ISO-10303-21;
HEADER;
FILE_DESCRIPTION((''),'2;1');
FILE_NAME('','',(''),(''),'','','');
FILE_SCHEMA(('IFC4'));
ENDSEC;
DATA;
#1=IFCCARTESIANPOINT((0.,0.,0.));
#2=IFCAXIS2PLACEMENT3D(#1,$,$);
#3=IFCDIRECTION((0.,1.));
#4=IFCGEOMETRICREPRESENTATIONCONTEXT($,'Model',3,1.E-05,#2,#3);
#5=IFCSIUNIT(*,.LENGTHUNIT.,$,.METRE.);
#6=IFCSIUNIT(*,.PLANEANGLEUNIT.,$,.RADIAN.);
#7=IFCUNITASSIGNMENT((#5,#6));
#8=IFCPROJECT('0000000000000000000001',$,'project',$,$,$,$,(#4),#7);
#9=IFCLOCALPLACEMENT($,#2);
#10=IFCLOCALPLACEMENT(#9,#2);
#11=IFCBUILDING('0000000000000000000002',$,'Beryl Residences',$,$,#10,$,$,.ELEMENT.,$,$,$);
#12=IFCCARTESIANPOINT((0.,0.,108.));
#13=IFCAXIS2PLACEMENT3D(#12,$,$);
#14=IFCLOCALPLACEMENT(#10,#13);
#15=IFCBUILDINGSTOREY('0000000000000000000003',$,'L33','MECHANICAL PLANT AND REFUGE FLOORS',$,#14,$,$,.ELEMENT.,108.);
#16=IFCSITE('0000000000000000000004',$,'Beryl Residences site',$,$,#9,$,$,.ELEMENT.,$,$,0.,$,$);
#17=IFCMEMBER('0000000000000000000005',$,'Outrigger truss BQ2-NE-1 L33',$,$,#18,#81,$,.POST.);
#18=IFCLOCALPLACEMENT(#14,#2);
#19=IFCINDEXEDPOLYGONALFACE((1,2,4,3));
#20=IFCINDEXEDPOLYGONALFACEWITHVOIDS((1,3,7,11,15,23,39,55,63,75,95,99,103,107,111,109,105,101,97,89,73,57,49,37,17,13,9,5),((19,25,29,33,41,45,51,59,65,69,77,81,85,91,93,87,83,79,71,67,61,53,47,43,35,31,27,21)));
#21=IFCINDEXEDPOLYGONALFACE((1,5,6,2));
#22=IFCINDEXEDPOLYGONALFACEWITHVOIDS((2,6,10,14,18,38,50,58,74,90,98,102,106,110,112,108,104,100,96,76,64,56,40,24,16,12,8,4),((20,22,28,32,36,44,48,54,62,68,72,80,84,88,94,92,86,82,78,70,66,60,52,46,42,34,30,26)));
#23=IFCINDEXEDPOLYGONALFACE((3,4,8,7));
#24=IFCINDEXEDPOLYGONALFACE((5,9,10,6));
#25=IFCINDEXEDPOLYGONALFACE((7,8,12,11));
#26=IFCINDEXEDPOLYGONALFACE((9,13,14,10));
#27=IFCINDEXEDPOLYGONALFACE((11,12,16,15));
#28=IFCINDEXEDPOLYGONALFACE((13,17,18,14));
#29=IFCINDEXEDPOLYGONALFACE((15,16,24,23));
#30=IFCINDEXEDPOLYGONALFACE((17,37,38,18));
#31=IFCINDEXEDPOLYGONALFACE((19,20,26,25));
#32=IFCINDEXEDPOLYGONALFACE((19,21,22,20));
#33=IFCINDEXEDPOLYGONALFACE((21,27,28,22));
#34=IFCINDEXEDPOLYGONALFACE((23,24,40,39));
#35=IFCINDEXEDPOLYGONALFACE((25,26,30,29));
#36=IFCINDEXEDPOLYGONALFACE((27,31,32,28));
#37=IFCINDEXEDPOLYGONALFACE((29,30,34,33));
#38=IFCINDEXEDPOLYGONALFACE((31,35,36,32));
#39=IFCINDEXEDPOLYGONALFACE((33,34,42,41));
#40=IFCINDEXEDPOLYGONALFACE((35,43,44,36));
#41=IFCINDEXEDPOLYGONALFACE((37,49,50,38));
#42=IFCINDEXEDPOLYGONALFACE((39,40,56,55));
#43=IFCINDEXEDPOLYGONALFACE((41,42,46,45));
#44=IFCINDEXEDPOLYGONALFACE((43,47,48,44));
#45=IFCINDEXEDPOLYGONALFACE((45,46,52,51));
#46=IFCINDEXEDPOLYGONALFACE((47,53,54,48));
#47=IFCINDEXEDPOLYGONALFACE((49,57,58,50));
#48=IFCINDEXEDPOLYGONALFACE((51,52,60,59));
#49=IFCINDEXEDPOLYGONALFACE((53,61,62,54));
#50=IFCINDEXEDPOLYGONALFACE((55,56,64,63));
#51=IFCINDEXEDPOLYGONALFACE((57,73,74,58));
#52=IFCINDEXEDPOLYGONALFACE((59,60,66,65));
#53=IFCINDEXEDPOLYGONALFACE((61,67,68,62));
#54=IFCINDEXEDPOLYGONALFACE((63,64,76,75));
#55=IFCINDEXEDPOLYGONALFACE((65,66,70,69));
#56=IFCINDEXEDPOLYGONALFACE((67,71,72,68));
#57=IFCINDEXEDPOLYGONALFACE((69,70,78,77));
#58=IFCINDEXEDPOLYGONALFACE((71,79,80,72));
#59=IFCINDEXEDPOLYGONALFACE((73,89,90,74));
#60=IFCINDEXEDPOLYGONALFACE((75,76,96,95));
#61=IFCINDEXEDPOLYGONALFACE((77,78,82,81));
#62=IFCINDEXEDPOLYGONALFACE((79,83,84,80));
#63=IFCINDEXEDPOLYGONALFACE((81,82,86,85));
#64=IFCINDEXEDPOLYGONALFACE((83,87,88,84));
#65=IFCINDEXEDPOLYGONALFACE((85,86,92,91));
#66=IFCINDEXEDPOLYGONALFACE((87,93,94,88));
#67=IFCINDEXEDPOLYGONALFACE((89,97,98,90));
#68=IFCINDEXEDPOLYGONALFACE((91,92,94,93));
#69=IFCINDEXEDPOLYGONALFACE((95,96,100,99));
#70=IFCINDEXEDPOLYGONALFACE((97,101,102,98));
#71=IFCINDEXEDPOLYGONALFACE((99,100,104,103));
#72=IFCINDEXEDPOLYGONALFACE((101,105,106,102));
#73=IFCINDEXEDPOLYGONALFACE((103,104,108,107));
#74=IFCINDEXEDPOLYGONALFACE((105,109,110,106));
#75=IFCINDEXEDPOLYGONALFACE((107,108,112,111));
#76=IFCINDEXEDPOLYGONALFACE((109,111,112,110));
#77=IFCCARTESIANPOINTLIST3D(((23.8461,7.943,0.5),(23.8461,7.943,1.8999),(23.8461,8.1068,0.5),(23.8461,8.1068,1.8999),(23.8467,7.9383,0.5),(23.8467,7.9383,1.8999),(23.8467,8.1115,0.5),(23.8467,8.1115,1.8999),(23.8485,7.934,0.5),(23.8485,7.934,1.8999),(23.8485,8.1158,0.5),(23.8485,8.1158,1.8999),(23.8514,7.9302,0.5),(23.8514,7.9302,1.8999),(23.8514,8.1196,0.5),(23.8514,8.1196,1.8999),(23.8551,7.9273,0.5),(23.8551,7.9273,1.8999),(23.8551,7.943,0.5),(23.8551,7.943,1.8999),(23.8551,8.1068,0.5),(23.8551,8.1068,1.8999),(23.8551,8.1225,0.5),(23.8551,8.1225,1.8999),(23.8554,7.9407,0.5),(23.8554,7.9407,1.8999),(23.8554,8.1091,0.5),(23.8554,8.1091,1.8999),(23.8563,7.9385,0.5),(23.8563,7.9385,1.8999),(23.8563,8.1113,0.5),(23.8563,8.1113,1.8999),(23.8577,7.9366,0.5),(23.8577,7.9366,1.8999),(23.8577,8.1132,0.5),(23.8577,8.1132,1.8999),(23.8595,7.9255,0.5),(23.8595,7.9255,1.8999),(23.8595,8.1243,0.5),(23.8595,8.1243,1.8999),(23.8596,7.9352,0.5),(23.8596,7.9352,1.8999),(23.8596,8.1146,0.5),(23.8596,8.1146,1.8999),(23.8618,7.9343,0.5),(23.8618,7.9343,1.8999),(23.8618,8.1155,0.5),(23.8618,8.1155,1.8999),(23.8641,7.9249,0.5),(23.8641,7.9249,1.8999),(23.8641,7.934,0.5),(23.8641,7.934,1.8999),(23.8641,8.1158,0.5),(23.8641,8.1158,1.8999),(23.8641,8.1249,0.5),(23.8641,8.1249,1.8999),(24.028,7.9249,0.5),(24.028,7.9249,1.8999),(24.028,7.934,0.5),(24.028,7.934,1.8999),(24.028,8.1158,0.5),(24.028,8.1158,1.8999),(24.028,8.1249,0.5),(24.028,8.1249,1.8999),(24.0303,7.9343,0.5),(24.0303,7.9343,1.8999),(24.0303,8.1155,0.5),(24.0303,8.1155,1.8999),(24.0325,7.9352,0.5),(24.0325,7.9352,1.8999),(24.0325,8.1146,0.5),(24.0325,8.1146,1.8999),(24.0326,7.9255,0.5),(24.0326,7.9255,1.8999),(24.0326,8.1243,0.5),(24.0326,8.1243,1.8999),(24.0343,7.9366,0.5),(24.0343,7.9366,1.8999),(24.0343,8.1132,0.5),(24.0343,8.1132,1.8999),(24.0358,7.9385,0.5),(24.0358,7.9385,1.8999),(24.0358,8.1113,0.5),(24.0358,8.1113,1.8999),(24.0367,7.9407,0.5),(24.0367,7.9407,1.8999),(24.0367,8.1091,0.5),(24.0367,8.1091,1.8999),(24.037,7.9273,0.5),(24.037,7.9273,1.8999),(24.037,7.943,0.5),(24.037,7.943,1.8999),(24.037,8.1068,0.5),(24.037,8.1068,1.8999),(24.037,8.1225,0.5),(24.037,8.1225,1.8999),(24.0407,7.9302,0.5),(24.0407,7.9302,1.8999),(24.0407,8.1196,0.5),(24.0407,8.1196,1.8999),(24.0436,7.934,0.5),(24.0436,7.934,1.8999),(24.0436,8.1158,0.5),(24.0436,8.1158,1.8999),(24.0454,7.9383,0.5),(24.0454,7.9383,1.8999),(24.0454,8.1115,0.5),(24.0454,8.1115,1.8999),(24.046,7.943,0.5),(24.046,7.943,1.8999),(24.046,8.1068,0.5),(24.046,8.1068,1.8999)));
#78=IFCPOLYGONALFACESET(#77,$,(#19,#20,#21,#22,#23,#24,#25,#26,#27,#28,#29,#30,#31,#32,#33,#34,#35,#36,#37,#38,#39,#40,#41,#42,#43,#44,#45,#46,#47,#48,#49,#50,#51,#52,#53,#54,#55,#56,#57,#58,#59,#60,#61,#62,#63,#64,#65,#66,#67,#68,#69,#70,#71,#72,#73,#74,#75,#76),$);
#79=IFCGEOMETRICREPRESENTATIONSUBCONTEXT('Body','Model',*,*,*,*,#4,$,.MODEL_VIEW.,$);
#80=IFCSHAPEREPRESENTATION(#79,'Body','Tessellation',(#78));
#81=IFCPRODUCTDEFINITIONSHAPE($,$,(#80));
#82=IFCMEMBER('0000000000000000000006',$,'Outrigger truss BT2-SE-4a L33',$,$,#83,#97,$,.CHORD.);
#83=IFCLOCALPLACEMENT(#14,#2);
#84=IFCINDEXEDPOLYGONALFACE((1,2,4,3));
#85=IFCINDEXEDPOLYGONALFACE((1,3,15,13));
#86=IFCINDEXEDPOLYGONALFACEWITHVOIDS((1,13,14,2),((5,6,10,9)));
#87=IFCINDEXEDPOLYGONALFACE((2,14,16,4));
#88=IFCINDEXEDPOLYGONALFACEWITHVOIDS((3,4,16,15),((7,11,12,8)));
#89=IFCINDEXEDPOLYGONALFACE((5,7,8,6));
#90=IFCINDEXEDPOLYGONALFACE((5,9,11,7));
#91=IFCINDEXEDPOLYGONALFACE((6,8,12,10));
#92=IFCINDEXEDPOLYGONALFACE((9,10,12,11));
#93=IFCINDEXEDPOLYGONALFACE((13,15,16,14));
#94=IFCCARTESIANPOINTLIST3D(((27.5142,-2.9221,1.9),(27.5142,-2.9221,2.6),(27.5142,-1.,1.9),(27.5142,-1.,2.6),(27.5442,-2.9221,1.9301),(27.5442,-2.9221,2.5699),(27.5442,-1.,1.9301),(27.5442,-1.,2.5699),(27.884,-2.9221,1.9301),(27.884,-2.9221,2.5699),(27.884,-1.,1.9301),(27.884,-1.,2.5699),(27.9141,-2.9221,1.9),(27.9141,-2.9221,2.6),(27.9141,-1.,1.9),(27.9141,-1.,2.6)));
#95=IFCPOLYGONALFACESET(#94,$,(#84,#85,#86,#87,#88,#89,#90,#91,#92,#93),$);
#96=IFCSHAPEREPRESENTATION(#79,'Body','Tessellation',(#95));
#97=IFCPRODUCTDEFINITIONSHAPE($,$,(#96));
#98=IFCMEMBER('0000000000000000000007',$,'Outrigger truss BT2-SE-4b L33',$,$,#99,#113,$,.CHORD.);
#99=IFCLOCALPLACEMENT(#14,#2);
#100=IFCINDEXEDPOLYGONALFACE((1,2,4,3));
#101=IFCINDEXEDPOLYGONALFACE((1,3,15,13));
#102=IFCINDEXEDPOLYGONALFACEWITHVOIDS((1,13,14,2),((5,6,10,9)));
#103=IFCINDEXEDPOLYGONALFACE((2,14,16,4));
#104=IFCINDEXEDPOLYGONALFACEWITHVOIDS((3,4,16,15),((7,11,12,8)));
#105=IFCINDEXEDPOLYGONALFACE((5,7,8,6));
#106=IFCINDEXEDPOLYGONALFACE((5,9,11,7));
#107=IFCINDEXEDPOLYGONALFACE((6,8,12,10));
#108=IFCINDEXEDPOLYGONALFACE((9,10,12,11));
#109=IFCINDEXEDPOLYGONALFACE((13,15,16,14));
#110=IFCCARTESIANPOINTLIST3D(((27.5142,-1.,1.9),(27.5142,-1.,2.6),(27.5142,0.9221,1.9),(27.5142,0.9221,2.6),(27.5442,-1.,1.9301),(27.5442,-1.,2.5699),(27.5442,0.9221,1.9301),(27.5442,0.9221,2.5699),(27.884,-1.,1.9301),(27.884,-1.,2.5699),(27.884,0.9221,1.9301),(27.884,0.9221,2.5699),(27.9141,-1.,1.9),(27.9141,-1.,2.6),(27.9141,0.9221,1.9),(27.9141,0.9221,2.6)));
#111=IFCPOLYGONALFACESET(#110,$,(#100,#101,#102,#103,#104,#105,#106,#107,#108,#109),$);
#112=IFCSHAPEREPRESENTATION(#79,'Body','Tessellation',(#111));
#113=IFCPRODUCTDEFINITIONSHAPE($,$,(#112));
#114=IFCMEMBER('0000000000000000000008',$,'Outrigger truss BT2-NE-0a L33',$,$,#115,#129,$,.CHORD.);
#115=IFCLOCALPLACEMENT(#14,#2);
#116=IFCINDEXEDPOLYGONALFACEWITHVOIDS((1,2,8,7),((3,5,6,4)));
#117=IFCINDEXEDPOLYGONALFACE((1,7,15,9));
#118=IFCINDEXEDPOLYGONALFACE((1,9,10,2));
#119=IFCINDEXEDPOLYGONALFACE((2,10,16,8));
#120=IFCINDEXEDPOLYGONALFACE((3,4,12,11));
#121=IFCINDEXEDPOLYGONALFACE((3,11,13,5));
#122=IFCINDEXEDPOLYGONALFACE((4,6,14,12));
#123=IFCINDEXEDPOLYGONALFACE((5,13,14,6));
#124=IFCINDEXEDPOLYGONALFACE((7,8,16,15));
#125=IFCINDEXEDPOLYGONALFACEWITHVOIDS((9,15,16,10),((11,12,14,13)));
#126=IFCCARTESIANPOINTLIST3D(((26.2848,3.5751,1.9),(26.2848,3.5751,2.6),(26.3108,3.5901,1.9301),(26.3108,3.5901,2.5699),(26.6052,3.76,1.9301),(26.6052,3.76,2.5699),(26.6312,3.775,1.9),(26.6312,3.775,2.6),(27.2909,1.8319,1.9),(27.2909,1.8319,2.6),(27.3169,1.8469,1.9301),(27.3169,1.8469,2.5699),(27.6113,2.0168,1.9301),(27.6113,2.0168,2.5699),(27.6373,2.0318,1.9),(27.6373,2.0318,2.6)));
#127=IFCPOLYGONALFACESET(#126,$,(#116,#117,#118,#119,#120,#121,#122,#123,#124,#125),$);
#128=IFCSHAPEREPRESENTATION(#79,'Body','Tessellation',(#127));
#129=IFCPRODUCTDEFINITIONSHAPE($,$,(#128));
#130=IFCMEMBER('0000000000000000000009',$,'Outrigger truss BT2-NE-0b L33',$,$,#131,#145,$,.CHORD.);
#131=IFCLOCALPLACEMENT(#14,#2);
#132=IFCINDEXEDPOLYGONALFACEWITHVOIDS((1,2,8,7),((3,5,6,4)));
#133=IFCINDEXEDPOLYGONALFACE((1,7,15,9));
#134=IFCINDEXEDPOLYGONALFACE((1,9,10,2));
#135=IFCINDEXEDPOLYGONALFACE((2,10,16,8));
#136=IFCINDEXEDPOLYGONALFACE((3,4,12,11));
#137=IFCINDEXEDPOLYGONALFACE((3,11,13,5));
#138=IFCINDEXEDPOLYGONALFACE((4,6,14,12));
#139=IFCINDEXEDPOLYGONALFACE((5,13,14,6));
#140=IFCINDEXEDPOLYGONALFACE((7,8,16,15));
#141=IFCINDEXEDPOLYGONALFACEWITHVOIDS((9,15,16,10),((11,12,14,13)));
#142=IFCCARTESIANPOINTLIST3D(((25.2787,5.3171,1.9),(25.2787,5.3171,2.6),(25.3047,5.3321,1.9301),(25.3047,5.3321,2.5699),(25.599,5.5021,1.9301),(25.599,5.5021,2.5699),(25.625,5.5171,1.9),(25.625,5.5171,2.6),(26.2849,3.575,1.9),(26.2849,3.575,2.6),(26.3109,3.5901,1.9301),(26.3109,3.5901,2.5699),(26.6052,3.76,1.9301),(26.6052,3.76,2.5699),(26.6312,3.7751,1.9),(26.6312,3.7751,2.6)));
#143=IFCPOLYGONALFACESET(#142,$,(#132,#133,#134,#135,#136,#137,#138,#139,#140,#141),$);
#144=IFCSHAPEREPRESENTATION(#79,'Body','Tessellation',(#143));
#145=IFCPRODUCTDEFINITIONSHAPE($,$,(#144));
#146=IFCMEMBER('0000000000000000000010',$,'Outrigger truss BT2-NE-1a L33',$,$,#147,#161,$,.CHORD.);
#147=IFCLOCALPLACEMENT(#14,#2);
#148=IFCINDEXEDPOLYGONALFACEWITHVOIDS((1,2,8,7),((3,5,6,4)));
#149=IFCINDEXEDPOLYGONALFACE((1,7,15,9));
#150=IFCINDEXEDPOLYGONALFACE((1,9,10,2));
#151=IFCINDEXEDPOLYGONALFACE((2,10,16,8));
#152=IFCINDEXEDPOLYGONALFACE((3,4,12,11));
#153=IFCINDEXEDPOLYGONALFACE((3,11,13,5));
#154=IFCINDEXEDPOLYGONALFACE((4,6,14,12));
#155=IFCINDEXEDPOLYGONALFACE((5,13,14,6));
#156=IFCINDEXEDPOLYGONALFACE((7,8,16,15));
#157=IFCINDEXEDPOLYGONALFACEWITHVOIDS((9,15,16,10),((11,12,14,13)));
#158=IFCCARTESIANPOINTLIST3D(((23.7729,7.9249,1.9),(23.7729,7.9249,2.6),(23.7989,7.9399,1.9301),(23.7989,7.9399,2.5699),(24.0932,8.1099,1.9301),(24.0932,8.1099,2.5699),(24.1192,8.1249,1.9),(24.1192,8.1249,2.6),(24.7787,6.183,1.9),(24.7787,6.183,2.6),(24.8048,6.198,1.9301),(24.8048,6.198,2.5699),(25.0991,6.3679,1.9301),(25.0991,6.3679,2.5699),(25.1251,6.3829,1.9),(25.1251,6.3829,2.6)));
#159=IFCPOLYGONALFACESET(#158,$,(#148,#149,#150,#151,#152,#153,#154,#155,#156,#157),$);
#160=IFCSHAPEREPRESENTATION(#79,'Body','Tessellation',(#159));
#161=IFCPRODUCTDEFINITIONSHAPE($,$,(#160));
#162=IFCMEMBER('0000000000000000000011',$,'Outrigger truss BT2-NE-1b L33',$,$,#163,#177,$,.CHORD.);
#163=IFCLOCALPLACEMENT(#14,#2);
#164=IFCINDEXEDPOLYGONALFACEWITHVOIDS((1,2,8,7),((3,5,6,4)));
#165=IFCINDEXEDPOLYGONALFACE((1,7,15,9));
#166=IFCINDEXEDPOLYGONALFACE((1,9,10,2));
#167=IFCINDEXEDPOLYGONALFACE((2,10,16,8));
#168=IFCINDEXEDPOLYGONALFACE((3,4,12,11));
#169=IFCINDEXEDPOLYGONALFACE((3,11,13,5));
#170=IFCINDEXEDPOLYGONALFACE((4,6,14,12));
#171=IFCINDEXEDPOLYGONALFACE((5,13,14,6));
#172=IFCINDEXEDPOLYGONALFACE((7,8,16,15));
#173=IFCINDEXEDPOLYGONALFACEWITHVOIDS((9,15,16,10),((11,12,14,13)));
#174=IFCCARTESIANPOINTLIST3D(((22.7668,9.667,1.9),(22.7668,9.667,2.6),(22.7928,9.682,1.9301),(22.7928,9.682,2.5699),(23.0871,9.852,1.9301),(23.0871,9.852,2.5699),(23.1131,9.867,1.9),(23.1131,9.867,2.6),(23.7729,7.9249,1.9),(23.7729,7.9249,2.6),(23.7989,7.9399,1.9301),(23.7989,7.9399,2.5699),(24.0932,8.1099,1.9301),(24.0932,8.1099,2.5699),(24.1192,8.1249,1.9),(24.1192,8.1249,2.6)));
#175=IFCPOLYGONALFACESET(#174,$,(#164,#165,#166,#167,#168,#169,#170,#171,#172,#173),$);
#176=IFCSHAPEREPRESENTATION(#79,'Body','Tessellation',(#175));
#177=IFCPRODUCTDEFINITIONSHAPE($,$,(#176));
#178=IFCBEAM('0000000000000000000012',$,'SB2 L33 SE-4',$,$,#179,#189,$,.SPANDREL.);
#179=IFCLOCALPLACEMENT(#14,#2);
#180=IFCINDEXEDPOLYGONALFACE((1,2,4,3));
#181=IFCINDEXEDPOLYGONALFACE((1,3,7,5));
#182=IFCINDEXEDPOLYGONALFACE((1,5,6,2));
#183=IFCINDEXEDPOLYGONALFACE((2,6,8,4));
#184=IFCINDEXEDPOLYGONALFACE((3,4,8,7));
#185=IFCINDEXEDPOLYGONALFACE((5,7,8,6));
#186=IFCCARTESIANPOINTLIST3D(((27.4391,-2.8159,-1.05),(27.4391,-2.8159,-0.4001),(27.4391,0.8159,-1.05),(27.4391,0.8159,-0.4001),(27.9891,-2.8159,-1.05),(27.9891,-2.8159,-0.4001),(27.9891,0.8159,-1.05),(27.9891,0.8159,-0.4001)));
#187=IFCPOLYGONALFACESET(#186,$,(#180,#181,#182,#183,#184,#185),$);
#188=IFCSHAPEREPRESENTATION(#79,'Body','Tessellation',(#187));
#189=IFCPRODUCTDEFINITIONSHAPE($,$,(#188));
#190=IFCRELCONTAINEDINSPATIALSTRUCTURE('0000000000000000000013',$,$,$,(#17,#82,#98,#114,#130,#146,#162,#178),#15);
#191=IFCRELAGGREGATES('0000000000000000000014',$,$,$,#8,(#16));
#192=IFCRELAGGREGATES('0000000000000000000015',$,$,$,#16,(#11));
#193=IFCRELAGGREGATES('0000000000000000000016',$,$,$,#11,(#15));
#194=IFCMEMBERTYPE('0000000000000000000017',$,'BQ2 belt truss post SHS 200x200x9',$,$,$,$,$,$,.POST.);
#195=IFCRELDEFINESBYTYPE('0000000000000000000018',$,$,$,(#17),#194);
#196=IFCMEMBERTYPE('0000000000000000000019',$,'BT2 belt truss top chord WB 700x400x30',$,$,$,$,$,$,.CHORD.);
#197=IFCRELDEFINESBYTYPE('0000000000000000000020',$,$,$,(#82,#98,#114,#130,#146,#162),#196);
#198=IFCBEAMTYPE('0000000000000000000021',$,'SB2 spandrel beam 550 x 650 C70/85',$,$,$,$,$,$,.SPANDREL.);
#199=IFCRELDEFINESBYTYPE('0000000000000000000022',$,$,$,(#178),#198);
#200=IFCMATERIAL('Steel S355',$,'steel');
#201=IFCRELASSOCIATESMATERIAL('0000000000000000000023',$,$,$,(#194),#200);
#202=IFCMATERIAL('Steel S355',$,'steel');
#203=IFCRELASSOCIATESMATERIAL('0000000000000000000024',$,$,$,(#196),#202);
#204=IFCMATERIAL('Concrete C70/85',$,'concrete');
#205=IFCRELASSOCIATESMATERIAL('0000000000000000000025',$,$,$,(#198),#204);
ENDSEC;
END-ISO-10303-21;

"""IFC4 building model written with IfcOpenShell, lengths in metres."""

from ifc_helpers import new_model, si_unit, direction, frame, origin, origin_2d, place, context, subcontext, project, spatial, rectangle, hollow_rectangle, extrude, material, material_profile, profile_set, type_object, element, save


model = new_model("IFC4")

# Units and contexts
model_context = context("Model", 3, precision=1e-05, world=origin(), true_north=direction((0.0, 1.0)))
body_context = subcontext(model_context, "Body", "Model", "MODEL_VIEW")
ifc_project = project(units=[si_unit("LENGTHUNIT", "METRE"), si_unit("PLANEANGLEUNIT", "RADIAN")], contexts=[model_context])

# Site, building, storey
site_placement = place(None, origin())
site = spatial("IfcSite", under=ifc_project, at=site_placement, Name="Beryl Residences site", CompositionType="ELEMENT", RefElevation=0.0)
building_placement = place(site_placement, origin())
building = spatial("IfcBuilding", under=site, at=building_placement, Name="Beryl Residences", CompositionType="ELEMENT")
storey_placement = place(building_placement, frame((0.0, 0.0, 108.0)))
storey = spatial("IfcBuildingStorey", under=building, at=storey_placement, Name="L33", Description="MECHANICAL PLANT AND REFUGE FLOORS", CompositionType="ELEMENT", Elevation=108.0)

# Members
ifc_material_1 = material(Name="Steel S355", Category="steel")
ifc_material_profile_1 = material_profile(ifc_material_1, hollow_rectangle(XDim=0.2, YDim=0.2, WallThickness=0.009, InnerFilletRadius=0.009, OuterFilletRadius=0.0181, at=origin_2d()))
ifc_profile_set_1 = profile_set([ifc_material_profile_1], Name="Steel S355")
member_type_1 = type_object("IfcMemberType", Name="BQ2 belt truss post SHS 200x200x9", PredefinedType="POST", material=ifc_profile_set_1)
for number, where, z_axis, x_axis, name in (
    (1, (23.946, 8.0249, 0.5), (0.0, 0.0, 1.0), (1.0, 0.0, 0.0), "Outrigger truss BQ2-NE-1 L33"),
):
    element("IfcMember", number, at=place(storey_placement, frame(where, z_axis=z_axis, x_axis=x_axis)), inside=storey, type_object=member_type_1, Name=name, PredefinedType="POST", context=body_context, shape_type="SweptSolid", body=[
        extrude(hollow_rectangle(XDim=0.2, YDim=0.2, WallThickness=0.009, InnerFilletRadius=0.009, OuterFilletRadius=0.0181, at=origin_2d()), origin(), (0.0, 0.0, 1.0), 1.3999),
    ])
ifc_material_2 = material(Name="Steel S355", Category="steel")
ifc_material_profile_2 = material_profile(ifc_material_2, hollow_rectangle(XDim=0.3999, YDim=0.7, WallThickness=0.03, at=origin_2d()))
ifc_profile_set_2 = profile_set([ifc_material_profile_2], Name="Steel S355")
member_type_2 = type_object("IfcMemberType", Name="BT2 belt truss top chord WB 700x400x30", PredefinedType="CHORD", material=ifc_profile_set_2)
for number, where, z_axis, x_axis, name in (
    (2, (27.7141, -2.9221, 2.25), (0.0, 1.0, 0.0), (-1.0, 0.0, 0.0), "Outrigger truss BT2-SE-4a L33"),
    (3, (27.7141, -1.0, 2.25), (0.0, 1.0, 0.0), (-1.0, 0.0, 0.0), "Outrigger truss BT2-SE-4b L33"),
):
    element("IfcMember", number, at=place(storey_placement, frame(where, z_axis=z_axis, x_axis=x_axis)), inside=storey, type_object=member_type_2, Name=name, PredefinedType="CHORD", context=body_context, shape_type="SweptSolid", body=[
        extrude(hollow_rectangle(XDim=0.3999, YDim=0.7, WallThickness=0.03, at=origin_2d()), origin(), (0.0, 0.0, 1.0), 1.9221),
    ])
member_1_placement = place(storey_placement, frame((27.4641, 1.9319, 2.25), z_axis=(-0.499883, 0.866093, 0.0), x_axis=(-0.866093, -0.499883, 0.0)))
element("IfcMember", 4, at=member_1_placement, inside=storey, type_object=member_type_2, Name="Outrigger truss BT2-NE-0a L33", PredefinedType="CHORD", context=body_context, shape_type="SweptSolid", body=[
    extrude(hollow_rectangle(XDim=0.3999, YDim=0.7, WallThickness=0.03, at=origin_2d()), origin(), (0.0, 0.0, 1.0), 2.0127),
])
member_2_placement = place(storey_placement, frame((26.458, 3.675, 2.25), z_axis=(-0.500146, 0.865941, 0.0), x_axis=(-0.865941, -0.500146, 0.0)))
element("IfcMember", 5, at=member_2_placement, inside=storey, type_object=member_type_2, Name="Outrigger truss BT2-NE-0b L33", PredefinedType="CHORD", context=body_context, shape_type="SweptSolid", body=[
    extrude(hollow_rectangle(XDim=0.3999, YDim=0.7, WallThickness=0.03, at=origin_2d()), origin(), (0.0, 0.0, 1.0), 2.0117),
])
member_3_placement = place(storey_placement, frame((24.9519, 6.283, 2.25), z_axis=(-0.500055, 0.865994, 0.0), x_axis=(-0.865994, -0.500055, 0.0)))
element("IfcMember", 6, at=member_3_placement, inside=storey, type_object=member_type_2, Name="Outrigger truss BT2-NE-1a L33", PredefinedType="CHORD", context=body_context, shape_type="SweptSolid", body=[
    extrude(hollow_rectangle(XDim=0.3999, YDim=0.7, WallThickness=0.03, at=origin_2d()), origin(), (0.0, 0.0, 1.0), 2.0115),
])
member_4_placement = place(storey_placement, frame((23.946, 8.0249, 2.25), z_axis=(-0.500094, 0.865971, 0.0), x_axis=(-0.865971, -0.500094, 0.0)))
element("IfcMember", 7, at=member_4_placement, inside=storey, type_object=member_type_2, Name="Outrigger truss BT2-NE-1b L33", PredefinedType="CHORD", context=body_context, shape_type="SweptSolid", body=[
    extrude(hollow_rectangle(XDim=0.3999, YDim=0.7, WallThickness=0.03, at=origin_2d()), origin(), (0.0, 0.0, 1.0), 2.0117),
])

# Beam
ifc_material_3 = material(Name="Concrete C70/85", Category="concrete")
ifc_material_profile_3 = material_profile(ifc_material_3, rectangle(XDim=0.55, YDim=0.6499, at=origin_2d()))
ifc_profile_set_3 = profile_set([ifc_material_profile_3], Name="Concrete C70/85")
beam_type = type_object("IfcBeamType", Name="SB2 spandrel beam 550 x 650 C70/85", PredefinedType="SPANDREL", material=ifc_profile_set_3)
beam_1_placement = place(storey_placement, frame((27.7141, -2.8159, -0.7251), z_axis=(0.0, 1.0, 0.0), x_axis=(-1.0, 0.0, 0.0)))
element("IfcBeam", 8, at=beam_1_placement, inside=storey, type_object=beam_type, Name="SB2 L33 SE-4", PredefinedType="SPANDREL", context=body_context, shape_type="SweptSolid", body=[
    extrude(rectangle(XDim=0.55, YDim=0.6499, at=origin_2d()), origin(), (0.0, 0.0, 1.0), 3.6318),
])

save(model, "model.ifc")
